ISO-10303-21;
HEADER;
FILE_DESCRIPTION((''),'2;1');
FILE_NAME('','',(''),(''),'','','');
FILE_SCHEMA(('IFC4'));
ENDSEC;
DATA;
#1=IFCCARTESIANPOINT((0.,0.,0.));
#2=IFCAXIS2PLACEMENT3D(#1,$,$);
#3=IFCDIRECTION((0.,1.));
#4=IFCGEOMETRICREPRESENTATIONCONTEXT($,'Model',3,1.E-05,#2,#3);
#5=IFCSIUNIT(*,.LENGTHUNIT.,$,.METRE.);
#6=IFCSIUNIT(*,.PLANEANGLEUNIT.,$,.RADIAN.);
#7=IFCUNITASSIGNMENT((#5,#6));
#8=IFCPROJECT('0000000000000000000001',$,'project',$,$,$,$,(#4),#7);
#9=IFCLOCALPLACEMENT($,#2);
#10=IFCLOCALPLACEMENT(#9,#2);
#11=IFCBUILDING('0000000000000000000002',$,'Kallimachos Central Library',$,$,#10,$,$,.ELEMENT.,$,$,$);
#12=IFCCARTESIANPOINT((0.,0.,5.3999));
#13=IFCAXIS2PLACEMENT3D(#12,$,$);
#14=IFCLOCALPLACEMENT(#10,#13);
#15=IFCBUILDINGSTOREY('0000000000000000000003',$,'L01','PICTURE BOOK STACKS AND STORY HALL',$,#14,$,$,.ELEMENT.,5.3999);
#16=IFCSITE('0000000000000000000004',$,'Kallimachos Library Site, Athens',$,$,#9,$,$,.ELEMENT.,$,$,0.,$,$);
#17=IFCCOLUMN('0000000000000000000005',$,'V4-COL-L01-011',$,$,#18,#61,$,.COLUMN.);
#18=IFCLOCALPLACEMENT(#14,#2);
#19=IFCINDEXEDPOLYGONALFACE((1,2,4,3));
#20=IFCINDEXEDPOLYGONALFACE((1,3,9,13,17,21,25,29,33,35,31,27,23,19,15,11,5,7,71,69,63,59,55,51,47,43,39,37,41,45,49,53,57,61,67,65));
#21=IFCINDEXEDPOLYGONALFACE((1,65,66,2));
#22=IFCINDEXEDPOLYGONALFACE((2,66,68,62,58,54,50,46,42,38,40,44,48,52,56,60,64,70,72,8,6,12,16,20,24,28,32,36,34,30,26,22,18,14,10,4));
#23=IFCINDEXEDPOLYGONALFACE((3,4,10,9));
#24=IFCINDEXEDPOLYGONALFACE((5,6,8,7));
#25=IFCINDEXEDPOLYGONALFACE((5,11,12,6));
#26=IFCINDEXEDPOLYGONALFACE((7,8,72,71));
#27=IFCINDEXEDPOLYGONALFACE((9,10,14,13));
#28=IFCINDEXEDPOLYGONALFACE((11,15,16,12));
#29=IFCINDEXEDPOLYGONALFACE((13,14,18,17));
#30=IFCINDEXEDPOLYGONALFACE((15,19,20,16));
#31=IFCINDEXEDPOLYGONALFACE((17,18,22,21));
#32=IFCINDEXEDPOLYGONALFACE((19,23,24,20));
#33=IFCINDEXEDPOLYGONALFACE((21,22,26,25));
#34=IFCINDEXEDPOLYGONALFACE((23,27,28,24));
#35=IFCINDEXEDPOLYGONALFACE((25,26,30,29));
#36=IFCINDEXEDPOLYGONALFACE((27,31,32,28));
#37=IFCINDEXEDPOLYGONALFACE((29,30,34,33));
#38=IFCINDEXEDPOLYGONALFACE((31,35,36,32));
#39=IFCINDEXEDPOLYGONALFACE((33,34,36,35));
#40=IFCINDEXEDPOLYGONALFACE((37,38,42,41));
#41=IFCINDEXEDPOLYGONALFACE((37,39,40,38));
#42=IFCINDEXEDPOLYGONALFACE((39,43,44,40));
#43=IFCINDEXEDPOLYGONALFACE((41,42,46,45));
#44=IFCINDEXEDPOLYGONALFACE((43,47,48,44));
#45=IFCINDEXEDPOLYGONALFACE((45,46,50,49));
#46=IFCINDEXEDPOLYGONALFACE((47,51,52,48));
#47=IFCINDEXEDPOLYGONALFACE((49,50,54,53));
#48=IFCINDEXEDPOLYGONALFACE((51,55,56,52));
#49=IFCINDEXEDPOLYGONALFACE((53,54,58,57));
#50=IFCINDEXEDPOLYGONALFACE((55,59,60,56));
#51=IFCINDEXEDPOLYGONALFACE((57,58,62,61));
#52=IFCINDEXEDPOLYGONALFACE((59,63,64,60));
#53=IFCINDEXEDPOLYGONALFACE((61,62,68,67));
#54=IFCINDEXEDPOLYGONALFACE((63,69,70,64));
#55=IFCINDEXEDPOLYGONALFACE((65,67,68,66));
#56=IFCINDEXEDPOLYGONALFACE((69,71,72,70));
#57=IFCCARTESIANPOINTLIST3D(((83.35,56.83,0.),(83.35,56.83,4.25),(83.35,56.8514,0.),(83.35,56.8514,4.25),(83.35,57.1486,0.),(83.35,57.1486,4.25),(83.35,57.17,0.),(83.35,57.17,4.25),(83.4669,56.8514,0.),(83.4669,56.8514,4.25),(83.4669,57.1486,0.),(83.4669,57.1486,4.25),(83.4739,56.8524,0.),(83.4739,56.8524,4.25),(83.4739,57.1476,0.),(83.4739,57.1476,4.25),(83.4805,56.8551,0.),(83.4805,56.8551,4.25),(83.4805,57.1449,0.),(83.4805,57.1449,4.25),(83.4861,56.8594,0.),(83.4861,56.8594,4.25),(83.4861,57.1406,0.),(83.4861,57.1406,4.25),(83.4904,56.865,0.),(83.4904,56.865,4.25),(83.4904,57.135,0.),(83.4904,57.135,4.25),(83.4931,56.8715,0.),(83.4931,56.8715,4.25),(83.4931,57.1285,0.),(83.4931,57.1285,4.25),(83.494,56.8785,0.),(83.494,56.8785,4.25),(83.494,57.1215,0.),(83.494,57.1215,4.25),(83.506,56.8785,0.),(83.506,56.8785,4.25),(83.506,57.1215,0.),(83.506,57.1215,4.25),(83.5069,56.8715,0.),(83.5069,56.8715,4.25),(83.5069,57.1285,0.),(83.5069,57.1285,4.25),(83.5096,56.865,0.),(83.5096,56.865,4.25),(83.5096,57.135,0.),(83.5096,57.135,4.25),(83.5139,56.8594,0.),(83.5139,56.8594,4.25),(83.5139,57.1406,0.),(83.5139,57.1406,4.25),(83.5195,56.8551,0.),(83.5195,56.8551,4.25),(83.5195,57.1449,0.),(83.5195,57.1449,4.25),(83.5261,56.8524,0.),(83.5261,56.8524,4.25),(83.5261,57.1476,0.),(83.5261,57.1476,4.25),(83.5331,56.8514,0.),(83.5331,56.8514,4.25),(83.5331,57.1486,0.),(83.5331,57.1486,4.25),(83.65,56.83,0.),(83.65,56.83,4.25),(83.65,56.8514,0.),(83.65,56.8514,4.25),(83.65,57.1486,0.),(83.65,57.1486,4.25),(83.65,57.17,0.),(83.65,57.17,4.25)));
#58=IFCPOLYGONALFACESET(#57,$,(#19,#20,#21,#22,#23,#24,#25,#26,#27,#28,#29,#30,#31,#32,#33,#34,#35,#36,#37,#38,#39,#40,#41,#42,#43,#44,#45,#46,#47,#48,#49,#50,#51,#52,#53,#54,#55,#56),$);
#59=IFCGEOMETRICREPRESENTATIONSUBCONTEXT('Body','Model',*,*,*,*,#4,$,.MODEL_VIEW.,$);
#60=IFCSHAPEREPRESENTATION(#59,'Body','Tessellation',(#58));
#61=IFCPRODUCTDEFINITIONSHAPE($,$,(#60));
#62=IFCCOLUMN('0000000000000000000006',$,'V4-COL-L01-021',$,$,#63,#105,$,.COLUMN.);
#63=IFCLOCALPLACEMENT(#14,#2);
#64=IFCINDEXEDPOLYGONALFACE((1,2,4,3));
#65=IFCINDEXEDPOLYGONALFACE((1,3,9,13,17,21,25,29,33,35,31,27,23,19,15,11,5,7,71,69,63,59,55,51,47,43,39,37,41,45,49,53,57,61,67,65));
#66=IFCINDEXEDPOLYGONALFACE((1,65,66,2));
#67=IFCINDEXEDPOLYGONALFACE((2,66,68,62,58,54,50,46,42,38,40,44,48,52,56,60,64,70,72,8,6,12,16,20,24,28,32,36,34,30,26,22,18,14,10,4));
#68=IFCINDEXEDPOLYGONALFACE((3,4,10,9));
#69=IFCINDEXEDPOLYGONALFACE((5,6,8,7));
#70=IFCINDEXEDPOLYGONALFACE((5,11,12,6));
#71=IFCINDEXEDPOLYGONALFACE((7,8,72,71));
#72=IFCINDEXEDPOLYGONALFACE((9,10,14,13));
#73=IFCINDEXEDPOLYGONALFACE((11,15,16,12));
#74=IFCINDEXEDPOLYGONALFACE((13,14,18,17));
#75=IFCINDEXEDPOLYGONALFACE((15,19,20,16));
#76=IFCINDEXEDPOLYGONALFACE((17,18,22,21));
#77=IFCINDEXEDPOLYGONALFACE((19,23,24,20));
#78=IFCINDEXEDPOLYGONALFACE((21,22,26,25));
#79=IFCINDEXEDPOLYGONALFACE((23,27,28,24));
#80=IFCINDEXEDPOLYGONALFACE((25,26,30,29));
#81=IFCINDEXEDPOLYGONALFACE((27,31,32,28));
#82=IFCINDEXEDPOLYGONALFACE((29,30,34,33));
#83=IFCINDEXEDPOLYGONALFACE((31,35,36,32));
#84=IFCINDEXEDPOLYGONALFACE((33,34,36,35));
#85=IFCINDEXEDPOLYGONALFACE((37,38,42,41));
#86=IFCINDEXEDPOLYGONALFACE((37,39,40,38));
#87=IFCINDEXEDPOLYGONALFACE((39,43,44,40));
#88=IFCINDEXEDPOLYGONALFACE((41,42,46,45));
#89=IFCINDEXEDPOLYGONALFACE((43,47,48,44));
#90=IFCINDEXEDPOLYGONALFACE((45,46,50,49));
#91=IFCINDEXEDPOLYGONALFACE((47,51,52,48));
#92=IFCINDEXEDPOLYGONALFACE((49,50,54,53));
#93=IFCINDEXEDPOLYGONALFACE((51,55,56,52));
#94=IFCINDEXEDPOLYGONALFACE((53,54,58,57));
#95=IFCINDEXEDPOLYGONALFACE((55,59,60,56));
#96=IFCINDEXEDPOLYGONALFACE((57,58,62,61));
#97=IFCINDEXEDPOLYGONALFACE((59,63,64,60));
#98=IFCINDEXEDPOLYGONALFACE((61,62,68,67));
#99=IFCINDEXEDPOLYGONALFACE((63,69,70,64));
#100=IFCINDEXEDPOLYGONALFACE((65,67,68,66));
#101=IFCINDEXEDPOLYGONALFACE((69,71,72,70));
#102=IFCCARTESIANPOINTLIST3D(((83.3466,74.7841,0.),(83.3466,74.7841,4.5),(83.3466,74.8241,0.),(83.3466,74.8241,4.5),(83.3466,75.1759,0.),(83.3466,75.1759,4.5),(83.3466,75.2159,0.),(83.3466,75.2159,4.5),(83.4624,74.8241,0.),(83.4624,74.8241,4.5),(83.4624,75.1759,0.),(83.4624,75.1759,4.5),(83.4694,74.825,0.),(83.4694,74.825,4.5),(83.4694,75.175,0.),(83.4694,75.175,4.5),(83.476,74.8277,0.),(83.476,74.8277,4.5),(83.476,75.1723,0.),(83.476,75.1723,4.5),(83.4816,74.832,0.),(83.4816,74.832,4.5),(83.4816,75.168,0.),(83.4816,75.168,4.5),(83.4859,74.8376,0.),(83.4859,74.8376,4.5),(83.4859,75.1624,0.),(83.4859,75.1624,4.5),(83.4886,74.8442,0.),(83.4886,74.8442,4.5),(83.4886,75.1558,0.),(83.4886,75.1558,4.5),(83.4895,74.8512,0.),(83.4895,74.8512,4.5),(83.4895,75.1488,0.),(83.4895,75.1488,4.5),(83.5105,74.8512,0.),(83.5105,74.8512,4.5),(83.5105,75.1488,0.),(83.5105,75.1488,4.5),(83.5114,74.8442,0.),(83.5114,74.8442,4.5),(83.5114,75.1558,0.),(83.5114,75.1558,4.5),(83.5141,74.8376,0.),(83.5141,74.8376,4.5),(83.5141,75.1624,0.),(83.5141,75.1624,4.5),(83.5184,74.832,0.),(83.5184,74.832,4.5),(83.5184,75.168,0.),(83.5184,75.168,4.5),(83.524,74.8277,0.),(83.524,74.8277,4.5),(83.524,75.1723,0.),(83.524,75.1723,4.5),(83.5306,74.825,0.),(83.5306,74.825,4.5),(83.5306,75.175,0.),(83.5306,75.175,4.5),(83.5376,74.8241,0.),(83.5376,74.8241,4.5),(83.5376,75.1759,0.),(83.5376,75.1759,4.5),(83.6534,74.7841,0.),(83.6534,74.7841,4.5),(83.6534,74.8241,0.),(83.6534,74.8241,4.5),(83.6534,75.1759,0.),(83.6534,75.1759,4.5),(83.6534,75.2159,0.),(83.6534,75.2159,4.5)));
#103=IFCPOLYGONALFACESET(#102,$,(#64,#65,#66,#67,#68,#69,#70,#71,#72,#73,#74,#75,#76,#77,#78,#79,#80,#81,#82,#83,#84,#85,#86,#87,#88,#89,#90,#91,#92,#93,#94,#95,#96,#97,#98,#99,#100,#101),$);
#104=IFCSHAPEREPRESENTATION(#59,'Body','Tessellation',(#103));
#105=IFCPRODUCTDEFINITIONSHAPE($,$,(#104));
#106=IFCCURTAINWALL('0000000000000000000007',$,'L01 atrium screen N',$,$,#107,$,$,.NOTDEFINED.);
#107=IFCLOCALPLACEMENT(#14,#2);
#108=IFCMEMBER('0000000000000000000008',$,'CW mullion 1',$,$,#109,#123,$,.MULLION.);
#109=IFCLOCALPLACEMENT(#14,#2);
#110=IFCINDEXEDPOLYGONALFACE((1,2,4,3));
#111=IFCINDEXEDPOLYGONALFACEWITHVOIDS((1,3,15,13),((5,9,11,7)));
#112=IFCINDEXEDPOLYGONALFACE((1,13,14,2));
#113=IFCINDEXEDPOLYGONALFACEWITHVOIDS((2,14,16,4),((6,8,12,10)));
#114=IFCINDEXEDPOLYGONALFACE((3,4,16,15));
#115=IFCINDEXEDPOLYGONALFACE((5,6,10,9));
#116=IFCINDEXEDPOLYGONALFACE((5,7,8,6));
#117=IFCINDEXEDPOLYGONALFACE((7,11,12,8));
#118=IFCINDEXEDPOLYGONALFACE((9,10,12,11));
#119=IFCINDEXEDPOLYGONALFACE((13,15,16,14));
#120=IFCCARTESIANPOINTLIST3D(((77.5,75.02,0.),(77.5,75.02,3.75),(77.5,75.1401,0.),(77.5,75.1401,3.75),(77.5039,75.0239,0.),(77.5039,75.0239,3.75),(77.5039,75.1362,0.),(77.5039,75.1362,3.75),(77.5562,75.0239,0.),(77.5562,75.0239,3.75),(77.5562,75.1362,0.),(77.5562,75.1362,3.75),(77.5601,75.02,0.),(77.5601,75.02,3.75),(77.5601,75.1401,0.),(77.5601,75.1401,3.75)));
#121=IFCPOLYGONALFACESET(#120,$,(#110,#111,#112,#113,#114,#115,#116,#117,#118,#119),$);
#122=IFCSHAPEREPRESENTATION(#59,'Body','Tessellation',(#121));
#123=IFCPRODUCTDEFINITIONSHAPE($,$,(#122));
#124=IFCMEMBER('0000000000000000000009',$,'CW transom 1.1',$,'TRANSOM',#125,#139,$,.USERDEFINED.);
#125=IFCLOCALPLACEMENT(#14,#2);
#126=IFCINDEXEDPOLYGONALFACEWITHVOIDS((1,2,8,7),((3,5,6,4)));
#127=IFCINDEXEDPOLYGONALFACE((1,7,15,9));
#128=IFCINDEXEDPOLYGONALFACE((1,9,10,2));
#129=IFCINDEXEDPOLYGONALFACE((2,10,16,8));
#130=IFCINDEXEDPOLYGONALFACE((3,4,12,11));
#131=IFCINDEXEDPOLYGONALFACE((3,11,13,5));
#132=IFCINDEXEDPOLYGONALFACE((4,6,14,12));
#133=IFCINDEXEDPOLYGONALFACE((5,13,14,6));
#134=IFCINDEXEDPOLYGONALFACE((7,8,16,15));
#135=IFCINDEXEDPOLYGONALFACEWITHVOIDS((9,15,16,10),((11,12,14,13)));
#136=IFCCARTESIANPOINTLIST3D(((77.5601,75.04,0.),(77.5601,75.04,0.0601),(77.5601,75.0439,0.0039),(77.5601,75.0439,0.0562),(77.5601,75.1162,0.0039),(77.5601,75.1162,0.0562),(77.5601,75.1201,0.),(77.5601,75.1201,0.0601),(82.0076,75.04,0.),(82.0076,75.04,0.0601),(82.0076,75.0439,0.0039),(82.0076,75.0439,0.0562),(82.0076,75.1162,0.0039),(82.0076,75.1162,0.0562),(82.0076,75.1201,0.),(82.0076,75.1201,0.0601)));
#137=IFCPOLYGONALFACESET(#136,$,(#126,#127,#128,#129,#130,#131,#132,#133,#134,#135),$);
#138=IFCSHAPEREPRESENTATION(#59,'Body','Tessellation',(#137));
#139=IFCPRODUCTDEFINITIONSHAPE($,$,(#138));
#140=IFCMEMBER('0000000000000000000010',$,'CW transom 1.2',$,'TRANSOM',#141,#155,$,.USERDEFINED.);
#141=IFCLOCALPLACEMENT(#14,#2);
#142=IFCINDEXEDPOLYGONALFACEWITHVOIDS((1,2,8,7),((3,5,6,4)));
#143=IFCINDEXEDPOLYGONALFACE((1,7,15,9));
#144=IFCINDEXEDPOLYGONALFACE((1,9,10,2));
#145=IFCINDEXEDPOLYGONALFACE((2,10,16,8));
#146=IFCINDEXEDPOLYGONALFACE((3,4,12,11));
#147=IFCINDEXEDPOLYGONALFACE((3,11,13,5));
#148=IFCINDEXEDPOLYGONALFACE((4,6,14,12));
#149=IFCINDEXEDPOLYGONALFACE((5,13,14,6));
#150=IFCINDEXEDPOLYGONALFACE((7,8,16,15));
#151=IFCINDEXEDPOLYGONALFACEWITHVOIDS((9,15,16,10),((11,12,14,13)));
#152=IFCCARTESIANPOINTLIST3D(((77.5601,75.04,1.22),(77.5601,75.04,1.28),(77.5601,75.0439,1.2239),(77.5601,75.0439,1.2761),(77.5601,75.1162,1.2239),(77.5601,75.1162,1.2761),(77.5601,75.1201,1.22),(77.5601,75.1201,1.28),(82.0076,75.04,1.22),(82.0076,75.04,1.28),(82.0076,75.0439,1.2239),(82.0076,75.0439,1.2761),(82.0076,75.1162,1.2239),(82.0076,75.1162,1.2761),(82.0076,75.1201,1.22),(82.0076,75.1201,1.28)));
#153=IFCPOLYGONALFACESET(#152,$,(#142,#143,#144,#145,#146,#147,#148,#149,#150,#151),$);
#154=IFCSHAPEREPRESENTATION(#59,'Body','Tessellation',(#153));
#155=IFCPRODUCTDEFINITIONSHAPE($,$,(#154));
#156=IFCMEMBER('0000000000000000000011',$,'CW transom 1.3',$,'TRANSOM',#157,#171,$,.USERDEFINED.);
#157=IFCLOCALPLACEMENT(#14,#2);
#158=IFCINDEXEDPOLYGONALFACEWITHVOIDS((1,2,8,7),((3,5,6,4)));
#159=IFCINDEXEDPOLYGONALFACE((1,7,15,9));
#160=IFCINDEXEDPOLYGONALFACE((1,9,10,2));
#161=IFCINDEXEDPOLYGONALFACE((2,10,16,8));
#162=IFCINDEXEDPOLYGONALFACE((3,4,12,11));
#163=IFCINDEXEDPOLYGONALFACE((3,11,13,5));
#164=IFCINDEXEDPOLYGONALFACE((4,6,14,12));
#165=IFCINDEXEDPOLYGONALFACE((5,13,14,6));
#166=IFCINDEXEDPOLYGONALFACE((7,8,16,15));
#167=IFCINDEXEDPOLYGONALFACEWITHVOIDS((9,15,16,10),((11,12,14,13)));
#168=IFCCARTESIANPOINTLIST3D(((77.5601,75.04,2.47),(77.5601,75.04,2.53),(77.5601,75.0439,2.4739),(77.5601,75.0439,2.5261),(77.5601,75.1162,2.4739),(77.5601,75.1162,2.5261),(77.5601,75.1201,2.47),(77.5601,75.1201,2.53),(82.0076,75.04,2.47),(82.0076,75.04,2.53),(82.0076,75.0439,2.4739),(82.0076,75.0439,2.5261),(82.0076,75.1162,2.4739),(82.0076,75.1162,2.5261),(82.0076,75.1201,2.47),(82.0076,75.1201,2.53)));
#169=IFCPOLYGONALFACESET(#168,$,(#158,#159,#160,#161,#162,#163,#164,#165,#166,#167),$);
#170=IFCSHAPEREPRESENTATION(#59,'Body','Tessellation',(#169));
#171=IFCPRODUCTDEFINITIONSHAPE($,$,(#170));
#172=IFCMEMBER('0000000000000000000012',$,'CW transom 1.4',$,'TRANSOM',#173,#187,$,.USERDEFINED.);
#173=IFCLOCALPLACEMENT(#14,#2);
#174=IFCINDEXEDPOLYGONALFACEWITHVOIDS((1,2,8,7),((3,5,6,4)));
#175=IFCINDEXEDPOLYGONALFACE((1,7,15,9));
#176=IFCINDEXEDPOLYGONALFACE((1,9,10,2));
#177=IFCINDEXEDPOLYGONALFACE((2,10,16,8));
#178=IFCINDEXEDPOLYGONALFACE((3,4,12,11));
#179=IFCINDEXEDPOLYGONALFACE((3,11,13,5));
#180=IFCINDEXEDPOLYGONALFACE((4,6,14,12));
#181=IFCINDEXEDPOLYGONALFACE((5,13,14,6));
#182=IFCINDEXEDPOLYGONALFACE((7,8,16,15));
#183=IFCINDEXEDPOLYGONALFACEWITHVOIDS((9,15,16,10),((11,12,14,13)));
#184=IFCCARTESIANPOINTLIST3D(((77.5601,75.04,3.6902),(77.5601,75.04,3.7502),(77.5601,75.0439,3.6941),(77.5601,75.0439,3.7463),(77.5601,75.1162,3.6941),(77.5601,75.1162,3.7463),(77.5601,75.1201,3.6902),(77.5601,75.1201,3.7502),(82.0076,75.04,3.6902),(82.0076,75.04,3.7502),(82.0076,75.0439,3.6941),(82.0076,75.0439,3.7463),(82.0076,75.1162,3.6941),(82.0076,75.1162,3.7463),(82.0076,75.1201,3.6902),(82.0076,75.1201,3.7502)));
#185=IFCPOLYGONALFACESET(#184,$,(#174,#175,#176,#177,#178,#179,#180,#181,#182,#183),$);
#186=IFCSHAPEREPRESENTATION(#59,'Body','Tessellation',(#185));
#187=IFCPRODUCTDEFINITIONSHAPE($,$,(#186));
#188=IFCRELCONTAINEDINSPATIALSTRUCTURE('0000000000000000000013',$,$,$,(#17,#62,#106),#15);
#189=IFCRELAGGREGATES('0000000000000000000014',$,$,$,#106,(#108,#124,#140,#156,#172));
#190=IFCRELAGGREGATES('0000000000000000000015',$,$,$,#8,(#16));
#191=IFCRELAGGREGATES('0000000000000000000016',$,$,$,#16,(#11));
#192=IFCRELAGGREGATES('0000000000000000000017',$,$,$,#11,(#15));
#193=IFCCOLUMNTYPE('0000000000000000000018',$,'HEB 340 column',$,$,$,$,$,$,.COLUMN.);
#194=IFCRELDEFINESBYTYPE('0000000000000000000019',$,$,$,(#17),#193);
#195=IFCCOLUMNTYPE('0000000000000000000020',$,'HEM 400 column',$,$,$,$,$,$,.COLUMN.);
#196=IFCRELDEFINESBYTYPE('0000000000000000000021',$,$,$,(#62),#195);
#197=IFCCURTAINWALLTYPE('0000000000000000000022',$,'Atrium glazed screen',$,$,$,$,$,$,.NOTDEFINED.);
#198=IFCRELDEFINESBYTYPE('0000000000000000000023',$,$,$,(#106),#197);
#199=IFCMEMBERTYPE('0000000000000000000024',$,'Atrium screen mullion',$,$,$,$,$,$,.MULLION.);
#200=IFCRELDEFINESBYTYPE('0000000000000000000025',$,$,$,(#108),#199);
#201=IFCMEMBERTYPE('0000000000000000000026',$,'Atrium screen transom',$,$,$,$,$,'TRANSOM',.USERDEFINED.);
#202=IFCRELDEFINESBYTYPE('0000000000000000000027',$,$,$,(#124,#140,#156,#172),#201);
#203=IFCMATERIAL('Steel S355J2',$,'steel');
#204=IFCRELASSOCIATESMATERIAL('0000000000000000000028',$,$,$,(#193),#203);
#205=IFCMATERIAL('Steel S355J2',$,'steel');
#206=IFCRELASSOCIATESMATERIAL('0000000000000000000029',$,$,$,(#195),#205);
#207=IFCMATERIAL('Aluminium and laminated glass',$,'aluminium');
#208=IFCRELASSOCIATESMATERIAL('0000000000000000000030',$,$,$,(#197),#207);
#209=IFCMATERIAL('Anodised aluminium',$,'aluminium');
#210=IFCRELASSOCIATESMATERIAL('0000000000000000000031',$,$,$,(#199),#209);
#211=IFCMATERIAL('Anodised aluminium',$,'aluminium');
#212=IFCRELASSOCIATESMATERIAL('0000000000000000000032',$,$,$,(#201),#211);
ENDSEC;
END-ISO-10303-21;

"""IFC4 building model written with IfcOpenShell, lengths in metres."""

from ifc_helpers import new_model, si_unit, direction, frame, origin, origin_2d, place, context, subcontext, project, spatial, hollow_rectangle, i_section, extrude, material, material_profile, profile_set, type_object, element, aggregate, save


model = new_model("IFC4")

# Units and contexts
model_context = context("Model", 3, precision=1e-05, world=origin(), true_north=direction((0.0, 1.0)))
body_context = subcontext(model_context, "Body", "Model", "MODEL_VIEW")
ifc_project = project(units=[si_unit("LENGTHUNIT", "METRE"), si_unit("PLANEANGLEUNIT", "RADIAN")], contexts=[model_context])

# Site, building, storey
site_placement = place(None, origin())
site = spatial("IfcSite", under=ifc_project, at=site_placement, Name="Kallimachos Library Site, Athens", CompositionType="ELEMENT", RefElevation=0.0)
building_placement = place(site_placement, origin())
building = spatial("IfcBuilding", under=site, at=building_placement, Name="Kallimachos Central Library", CompositionType="ELEMENT")
storey_placement = place(building_placement, frame((0.0, 0.0, 5.3999)))
storey = spatial("IfcBuildingStorey", under=building, at=storey_placement, Name="L01", Description="PICTURE BOOK STACKS AND STORY HALL", CompositionType="ELEMENT", Elevation=5.3999)

# Columns
ifc_material_1 = material(Name="Steel S355J2", Category="steel")
ifc_material_profile_1 = material_profile(ifc_material_1, i_section(OverallWidth=0.3, OverallDepth=0.3401, WebThickness=0.012, FlangeThickness=0.0215, FilletRadius=0.0271, at=origin_2d()), Name="HEB 340")
ifc_profile_set_1 = profile_set([ifc_material_profile_1], Name="Steel S355J2")
column_type_1 = type_object("IfcColumnType", Name="HEB 340 column", PredefinedType="COLUMN", material=ifc_profile_set_1)
column_1_placement = place(storey_placement, frame((83.5, 57.0, 0.0), z_axis=(0.0, 0.0, 1.0), x_axis=(1.0, 0.0, 0.0)))
element("IfcColumn", 1, at=column_1_placement, inside=storey, type_object=column_type_1, Name="V4-COL-L01-011", PredefinedType="COLUMN", context=body_context, shape_type="SweptSolid", body=[
    extrude(i_section(OverallWidth=0.3, OverallDepth=0.3401, WebThickness=0.012, FlangeThickness=0.0215, FilletRadius=0.0271, at=origin_2d()), origin(), (0.0, 0.0, 1.0), 4.25),
])
ifc_material_2 = material(Name="Steel S355J2", Category="steel")
ifc_material_profile_2 = material_profile(ifc_material_2, i_section(OverallWidth=0.3069, OverallDepth=0.4319, WebThickness=0.021, FlangeThickness=0.04, FilletRadius=0.0271, at=origin_2d()), Name="HEM 400")
ifc_profile_set_2 = profile_set([ifc_material_profile_2], Name="Steel S355J2")
column_type_2 = type_object("IfcColumnType", Name="HEM 400 column", PredefinedType="COLUMN", material=ifc_profile_set_2)
column_2_placement = place(storey_placement, frame((83.5, 75.0, 0.0), z_axis=(0.0, 0.0, 1.0), x_axis=(1.0, 0.0, 0.0)))
element("IfcColumn", 2, at=column_2_placement, inside=storey, type_object=column_type_2, Name="V4-COL-L01-021", PredefinedType="COLUMN", context=body_context, shape_type="SweptSolid", body=[
    extrude(i_section(OverallWidth=0.3069, OverallDepth=0.4319, WebThickness=0.021, FlangeThickness=0.04, FilletRadius=0.0271, at=origin_2d()), origin(), (0.0, 0.0, 1.0), 4.5),
])

# Curtain wall, members
ifc_material_3 = material(Name="Aluminium and laminated glass", Category="aluminium")
curtain_wall_type = type_object("IfcCurtainWallType", Name="Atrium glazed screen", PredefinedType="NOTDEFINED", material=ifc_material_3)
curtain_wall_1_placement = place(storey_placement, origin())
curtain_wall_1 = element("IfcCurtainWall", 3, at=curtain_wall_1_placement, inside=storey, type_object=curtain_wall_type, Name="L01 atrium screen N", PredefinedType="NOTDEFINED")
ifc_material_4 = material(Name="Anodised aluminium", Category="aluminium")
ifc_material_profile_3 = material_profile(ifc_material_4, hollow_rectangle(XDim=0.0601, YDim=0.1201, WallThickness=0.0039, at=origin_2d()), Name="ALU MULLION 60x120")
ifc_profile_set_3 = profile_set([ifc_material_profile_3], Name="Anodised aluminium")
member_type_1 = type_object("IfcMemberType", Name="Atrium screen mullion", PredefinedType="MULLION", material=ifc_profile_set_3)
member_1_placement = place(storey_placement, frame((77.53, 75.0801, 0.0), z_axis=(0.0, 0.0, 1.0), x_axis=(1.0, 0.0, 0.0)))
member_1 = element("IfcMember", 4, at=member_1_placement, type_object=member_type_1, Name="CW mullion 1", PredefinedType="MULLION", context=body_context, shape_type="SweptSolid", body=[
    extrude(hollow_rectangle(XDim=0.0601, YDim=0.1201, WallThickness=0.0039, at=origin_2d()), origin(), (0.0, 0.0, 1.0), 3.75),
])
ifc_material_5 = material(Name="Anodised aluminium", Category="aluminium")
ifc_material_profile_4 = material_profile(ifc_material_5, hollow_rectangle(XDim=0.0601, YDim=0.0801, WallThickness=0.0039, at=origin_2d()), Name="ALU TRANSOM 60x80")
ifc_profile_set_4 = profile_set([ifc_material_profile_4], Name="Anodised aluminium")
member_type_2 = type_object("IfcMemberType", Name="Atrium screen transom", ElementType="TRANSOM", PredefinedType="USERDEFINED", material=ifc_profile_set_4)
member_2_placement = place(storey_placement, frame((77.5601, 75.0801, 0.03), z_axis=(1.0, 0.0, 0.0), x_axis=(0.0, 0.0, 1.0)))
member_2 = element("IfcMember", 5, at=member_2_placement, type_object=member_type_2, Name="CW transom 1.1", ObjectType="TRANSOM", PredefinedType="USERDEFINED", context=body_context, shape_type="SweptSolid", body=[
    extrude(hollow_rectangle(XDim=0.0601, YDim=0.0801, WallThickness=0.0039, at=origin_2d()), origin(), (0.0, 0.0, 1.0), 4.4475),
])
member_3_placement = place(storey_placement, frame((77.5601, 75.0801, 1.25), z_axis=(1.0, 0.0, 0.0), x_axis=(0.0, 0.0, 1.0)))
member_3 = element("IfcMember", 6, at=member_3_placement, type_object=member_type_2, Name="CW transom 1.2", ObjectType="TRANSOM", PredefinedType="USERDEFINED", context=body_context, shape_type="SweptSolid", body=[
    extrude(hollow_rectangle(XDim=0.0601, YDim=0.0801, WallThickness=0.0039, at=origin_2d()), origin(), (0.0, 0.0, 1.0), 4.4475),
])
member_4_placement = place(storey_placement, frame((77.5601, 75.0801, 2.5), z_axis=(1.0, 0.0, 0.0), x_axis=(0.0, 0.0, 1.0)))
member_4 = element("IfcMember", 7, at=member_4_placement, type_object=member_type_2, Name="CW transom 1.3", ObjectType="TRANSOM", PredefinedType="USERDEFINED", context=body_context, shape_type="SweptSolid", body=[
    extrude(hollow_rectangle(XDim=0.0601, YDim=0.0801, WallThickness=0.0039, at=origin_2d()), origin(), (0.0, 0.0, 1.0), 4.4475),
])
member_5_placement = place(storey_placement, frame((77.5601, 75.0801, 3.7202), z_axis=(1.0, 0.0, 0.0), x_axis=(0.0, 0.0, 1.0)))
member_5 = element("IfcMember", 8, at=member_5_placement, type_object=member_type_2, Name="CW transom 1.4", ObjectType="TRANSOM", PredefinedType="USERDEFINED", context=body_context, shape_type="SweptSolid", body=[
    extrude(hollow_rectangle(XDim=0.0601, YDim=0.0801, WallThickness=0.0039, at=origin_2d()), origin(), (0.0, 0.0, 1.0), 4.4475),
])

aggregate(curtain_wall_1, [member_1, member_2, member_3, member_4, member_5])

save(model, "model.ifc")
